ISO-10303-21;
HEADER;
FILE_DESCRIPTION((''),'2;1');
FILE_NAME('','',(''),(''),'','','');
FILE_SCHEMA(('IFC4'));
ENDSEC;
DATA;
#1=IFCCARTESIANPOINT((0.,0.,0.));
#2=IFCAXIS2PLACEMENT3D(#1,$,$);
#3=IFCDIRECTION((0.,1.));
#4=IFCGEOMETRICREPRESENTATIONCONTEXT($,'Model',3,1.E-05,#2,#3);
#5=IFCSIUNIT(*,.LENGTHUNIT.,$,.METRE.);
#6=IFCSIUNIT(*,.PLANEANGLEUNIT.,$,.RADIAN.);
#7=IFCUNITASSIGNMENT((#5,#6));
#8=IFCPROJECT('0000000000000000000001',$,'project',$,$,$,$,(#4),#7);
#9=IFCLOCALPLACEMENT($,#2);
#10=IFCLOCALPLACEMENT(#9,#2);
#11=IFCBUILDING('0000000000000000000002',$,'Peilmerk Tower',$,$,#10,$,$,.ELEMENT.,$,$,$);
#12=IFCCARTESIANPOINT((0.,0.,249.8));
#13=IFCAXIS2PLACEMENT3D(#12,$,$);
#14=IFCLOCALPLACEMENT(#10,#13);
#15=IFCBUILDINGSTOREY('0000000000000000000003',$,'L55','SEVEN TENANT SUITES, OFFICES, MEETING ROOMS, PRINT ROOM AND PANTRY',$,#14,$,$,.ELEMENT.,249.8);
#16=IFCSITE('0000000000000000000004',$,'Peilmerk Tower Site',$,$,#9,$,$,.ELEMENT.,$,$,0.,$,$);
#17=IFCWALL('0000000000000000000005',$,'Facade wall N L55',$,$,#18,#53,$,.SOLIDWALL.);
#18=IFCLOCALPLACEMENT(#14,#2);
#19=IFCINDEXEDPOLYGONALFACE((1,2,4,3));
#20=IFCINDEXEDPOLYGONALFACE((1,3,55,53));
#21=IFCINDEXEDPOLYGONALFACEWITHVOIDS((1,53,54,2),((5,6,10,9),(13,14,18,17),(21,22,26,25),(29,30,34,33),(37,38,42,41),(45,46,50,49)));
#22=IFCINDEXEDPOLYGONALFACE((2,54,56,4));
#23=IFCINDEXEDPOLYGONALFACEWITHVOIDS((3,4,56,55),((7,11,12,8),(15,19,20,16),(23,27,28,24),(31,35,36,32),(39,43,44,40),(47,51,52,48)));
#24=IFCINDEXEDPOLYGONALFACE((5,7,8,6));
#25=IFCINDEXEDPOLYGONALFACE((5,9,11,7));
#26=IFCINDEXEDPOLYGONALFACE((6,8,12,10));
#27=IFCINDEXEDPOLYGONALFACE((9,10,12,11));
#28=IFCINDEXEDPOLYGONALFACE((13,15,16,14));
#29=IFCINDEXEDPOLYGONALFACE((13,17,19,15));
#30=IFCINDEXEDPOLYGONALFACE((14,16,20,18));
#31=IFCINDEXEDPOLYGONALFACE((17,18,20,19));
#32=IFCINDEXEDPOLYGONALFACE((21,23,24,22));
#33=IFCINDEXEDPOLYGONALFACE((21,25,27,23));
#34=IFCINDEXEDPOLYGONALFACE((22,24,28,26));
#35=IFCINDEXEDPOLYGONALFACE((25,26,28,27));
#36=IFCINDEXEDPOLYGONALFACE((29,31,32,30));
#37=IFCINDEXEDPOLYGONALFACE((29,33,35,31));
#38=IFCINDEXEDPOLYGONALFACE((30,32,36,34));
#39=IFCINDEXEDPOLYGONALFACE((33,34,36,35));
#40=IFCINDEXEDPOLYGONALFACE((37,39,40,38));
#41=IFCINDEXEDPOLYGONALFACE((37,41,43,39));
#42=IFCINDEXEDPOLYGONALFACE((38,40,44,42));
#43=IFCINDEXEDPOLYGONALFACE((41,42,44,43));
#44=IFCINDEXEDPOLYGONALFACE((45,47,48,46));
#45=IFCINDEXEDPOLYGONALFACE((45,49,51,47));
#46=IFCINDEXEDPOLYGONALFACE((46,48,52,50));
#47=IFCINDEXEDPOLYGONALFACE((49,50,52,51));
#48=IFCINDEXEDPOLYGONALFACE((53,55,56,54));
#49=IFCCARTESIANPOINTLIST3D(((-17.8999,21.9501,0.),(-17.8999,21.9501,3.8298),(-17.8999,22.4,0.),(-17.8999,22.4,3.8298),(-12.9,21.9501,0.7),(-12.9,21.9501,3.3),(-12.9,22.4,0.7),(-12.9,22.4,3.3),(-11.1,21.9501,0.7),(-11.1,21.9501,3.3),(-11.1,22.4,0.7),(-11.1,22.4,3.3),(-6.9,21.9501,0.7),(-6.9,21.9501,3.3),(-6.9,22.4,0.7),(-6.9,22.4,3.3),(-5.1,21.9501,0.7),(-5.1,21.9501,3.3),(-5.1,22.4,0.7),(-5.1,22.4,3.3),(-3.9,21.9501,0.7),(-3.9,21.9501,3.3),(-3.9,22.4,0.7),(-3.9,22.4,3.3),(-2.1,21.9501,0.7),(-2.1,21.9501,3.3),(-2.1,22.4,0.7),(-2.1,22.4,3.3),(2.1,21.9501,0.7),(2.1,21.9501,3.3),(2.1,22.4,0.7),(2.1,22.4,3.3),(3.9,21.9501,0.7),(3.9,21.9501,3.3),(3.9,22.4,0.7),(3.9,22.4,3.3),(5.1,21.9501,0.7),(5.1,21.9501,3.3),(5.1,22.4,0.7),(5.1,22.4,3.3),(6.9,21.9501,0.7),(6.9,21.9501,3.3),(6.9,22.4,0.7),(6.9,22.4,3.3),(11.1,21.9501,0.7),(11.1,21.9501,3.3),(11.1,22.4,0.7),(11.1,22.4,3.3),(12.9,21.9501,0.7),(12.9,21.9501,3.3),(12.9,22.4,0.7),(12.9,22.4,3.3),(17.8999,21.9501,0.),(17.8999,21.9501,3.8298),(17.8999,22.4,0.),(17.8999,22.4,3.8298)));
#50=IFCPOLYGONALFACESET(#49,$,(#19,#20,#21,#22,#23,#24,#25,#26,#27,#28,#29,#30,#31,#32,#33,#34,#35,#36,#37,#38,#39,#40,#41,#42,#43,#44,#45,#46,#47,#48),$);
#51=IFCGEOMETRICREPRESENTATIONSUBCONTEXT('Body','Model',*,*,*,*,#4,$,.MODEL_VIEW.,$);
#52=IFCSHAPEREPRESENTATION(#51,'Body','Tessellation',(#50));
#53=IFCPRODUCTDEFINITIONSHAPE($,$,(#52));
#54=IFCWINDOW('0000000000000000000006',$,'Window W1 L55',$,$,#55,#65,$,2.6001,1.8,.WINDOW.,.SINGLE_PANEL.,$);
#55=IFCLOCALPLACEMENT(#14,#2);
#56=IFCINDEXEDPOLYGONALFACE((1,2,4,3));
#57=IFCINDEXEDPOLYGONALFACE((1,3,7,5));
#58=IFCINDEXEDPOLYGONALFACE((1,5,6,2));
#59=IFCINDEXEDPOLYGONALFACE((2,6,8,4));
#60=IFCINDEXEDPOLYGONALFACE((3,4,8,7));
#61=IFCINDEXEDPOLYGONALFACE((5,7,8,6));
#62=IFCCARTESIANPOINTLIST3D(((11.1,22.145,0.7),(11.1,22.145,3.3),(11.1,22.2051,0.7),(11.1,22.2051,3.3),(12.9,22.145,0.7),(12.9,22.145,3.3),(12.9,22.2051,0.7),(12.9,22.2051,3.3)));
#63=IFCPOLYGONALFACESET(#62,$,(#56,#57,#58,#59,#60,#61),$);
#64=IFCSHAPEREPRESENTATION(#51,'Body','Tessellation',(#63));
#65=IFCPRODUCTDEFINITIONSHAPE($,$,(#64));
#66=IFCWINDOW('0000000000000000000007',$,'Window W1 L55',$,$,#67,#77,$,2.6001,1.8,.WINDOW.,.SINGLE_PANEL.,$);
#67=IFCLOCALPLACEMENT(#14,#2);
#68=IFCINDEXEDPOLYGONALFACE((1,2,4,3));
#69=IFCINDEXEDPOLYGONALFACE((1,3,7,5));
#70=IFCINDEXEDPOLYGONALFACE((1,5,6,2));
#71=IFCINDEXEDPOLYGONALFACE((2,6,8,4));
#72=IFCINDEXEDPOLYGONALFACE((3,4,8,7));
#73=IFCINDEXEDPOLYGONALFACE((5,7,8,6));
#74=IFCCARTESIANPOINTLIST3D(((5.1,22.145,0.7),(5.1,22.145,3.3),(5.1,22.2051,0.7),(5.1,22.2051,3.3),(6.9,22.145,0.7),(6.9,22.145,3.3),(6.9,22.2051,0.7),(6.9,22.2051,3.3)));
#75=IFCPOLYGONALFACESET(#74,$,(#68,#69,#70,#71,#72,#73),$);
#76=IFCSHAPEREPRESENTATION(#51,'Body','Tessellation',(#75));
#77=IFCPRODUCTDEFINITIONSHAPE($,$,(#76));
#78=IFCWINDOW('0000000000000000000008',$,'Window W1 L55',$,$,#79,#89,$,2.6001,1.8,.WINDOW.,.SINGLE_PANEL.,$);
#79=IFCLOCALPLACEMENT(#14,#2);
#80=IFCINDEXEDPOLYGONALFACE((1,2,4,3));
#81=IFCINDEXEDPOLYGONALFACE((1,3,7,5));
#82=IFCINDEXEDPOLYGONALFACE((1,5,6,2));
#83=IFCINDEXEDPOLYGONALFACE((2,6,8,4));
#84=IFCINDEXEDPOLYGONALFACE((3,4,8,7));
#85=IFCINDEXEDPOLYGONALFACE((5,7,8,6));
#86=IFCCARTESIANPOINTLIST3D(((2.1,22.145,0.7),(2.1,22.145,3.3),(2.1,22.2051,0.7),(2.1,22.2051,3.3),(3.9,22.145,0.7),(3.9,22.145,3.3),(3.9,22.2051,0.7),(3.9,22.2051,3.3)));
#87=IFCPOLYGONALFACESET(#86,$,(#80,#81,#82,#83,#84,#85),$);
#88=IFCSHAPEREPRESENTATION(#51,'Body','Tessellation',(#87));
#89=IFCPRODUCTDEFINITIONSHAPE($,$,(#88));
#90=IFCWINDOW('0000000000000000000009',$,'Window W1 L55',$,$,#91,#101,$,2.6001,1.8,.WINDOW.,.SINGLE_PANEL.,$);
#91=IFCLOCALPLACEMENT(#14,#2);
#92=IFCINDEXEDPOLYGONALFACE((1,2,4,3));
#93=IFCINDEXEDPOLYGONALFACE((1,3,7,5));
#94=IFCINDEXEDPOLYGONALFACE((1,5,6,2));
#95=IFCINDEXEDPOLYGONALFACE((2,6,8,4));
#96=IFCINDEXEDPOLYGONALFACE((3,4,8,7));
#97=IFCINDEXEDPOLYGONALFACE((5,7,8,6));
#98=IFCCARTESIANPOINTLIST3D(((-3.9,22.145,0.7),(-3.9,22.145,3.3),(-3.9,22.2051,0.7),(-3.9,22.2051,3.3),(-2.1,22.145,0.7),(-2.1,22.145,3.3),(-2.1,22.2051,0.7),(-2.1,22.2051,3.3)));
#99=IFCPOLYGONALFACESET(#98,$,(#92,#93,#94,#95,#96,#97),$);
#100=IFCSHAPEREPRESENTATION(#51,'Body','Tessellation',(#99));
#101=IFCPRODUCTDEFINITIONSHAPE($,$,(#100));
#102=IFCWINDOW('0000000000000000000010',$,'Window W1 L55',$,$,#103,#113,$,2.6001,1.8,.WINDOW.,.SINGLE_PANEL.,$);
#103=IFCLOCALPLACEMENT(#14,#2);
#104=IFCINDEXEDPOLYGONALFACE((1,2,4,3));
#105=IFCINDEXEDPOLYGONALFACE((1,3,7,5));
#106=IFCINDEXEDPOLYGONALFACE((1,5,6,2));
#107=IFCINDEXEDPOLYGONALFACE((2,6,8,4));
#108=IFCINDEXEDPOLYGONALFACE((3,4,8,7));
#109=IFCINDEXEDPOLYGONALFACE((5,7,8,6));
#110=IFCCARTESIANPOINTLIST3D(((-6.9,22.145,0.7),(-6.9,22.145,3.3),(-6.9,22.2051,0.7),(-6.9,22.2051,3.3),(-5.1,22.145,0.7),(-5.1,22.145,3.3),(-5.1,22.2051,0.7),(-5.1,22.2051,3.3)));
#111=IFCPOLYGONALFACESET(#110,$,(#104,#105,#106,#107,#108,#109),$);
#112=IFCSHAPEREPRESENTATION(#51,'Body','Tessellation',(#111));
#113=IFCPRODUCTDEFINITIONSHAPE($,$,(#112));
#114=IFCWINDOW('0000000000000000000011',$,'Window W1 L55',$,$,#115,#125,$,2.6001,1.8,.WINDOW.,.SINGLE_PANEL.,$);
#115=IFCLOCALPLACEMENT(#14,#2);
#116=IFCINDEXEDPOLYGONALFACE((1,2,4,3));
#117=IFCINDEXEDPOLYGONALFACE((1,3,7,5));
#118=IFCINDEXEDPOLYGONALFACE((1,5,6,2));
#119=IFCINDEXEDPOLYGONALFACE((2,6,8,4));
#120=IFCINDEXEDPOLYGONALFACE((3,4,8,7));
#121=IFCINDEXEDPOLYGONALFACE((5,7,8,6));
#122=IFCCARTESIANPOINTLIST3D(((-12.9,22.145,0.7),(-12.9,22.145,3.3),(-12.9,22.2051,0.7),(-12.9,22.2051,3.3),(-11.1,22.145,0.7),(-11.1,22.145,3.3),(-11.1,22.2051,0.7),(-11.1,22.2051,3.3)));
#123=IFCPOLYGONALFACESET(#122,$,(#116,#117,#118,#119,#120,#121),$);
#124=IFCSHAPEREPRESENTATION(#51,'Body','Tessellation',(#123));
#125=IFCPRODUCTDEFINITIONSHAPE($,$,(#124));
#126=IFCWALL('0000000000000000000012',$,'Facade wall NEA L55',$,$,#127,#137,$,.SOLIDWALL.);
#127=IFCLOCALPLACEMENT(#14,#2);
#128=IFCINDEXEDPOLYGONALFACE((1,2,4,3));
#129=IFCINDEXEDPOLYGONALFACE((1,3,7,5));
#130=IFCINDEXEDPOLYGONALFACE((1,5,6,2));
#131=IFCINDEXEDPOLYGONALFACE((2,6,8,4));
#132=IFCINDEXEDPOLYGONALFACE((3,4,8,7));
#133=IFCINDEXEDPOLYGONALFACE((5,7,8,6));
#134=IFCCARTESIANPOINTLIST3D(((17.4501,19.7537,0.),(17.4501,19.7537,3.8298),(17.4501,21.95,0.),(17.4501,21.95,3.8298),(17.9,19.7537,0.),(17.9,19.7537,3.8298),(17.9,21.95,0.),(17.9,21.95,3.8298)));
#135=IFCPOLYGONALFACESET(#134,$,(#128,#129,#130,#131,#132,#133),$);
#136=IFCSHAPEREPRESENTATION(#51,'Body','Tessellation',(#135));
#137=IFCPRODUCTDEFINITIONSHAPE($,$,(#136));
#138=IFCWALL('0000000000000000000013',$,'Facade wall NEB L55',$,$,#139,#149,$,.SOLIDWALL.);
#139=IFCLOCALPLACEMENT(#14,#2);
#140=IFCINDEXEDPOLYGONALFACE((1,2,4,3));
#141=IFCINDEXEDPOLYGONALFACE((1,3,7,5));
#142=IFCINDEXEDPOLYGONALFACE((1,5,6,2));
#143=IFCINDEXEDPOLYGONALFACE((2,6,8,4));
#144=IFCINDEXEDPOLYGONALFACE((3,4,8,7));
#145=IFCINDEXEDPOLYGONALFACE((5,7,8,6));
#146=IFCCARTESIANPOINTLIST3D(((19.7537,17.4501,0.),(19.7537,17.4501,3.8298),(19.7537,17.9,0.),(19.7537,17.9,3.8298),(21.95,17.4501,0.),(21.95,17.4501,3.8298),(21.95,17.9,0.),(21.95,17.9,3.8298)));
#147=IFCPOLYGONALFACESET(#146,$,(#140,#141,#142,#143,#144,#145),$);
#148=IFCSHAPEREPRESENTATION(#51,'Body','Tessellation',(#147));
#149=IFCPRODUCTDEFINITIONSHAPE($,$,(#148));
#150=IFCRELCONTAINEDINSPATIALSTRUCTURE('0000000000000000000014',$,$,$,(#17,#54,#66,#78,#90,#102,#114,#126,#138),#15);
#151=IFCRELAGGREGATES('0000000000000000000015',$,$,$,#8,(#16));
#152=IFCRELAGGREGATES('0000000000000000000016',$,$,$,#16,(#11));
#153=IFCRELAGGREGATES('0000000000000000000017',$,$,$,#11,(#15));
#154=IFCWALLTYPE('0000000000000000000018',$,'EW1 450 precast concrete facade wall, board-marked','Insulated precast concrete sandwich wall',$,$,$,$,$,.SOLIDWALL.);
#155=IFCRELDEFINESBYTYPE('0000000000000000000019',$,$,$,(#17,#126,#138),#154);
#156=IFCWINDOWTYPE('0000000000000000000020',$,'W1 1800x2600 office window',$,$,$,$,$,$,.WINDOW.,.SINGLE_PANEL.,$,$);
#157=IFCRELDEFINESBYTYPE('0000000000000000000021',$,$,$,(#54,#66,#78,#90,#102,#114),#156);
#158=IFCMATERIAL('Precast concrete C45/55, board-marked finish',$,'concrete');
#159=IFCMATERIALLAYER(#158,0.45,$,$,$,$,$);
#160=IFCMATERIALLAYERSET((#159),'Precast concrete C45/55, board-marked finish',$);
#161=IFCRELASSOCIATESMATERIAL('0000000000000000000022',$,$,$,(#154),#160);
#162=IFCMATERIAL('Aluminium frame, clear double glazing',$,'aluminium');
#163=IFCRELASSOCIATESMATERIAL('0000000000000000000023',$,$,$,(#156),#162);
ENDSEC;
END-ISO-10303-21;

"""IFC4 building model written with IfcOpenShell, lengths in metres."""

from ifc_helpers import new_model, si_unit, direction, frame, frame_2d, origin, place, context, subcontext, project, spatial, rectangle, extrude, material, layer, layer_set, type_object, element, fill, save


model = new_model("IFC4")

# Units and contexts
model_context = context("Model", 3, precision=1e-05, world=origin(), true_north=direction((0.0, 1.0)))
body_context = subcontext(model_context, "Body", "Model", "MODEL_VIEW")
ifc_project = project(units=[si_unit("LENGTHUNIT", "METRE"), si_unit("PLANEANGLEUNIT", "RADIAN")], contexts=[model_context])

# Site, building, storey
site_placement = place(None, origin())
site = spatial("IfcSite", under=ifc_project, at=site_placement, Name="Peilmerk Tower Site", CompositionType="ELEMENT", RefElevation=0.0)
building_placement = place(site_placement, origin())
building = spatial("IfcBuilding", under=site, at=building_placement, Name="Peilmerk Tower", CompositionType="ELEMENT")
storey_placement = place(building_placement, frame((0.0, 0.0, 249.8)))
storey = spatial("IfcBuildingStorey", under=building, at=storey_placement, Name="L55", Description="SEVEN TENANT SUITES, OFFICES, MEETING ROOMS, PRINT ROOM AND PANTRY", CompositionType="ELEMENT", Elevation=249.8)

# Wall, openings, windows
ifc_material_1 = material(Name="Precast concrete C45/55, board-marked finish", Category="concrete")
ifc_layer_1 = layer(ifc_material_1, 0.45)
ifc_layer_set_1 = layer_set([ifc_layer_1], Name="Precast concrete C45/55, board-marked finish")
wall_type = type_object("IfcWallType", Name="EW1 450 precast concrete facade wall, board-marked", Description="Insulated precast concrete sandwich wall", PredefinedType="SOLIDWALL", material=ifc_layer_set_1)
wall_placement = place(storey_placement, frame((17.8999, 22.175, 0.0), z_axis=(0.0, 0.0, 1.0), x_axis=(-1.0, 0.0, 0.0)))
wall = element("IfcWall", 1, at=wall_placement, inside=storey, type_object=wall_type, Name="Facade wall N L55", PredefinedType="SOLIDWALL", context=body_context, shape_type="SweptSolid", body=[
    extrude(rectangle(XDim=35.7998, YDim=0.45, at=frame_2d((17.8999, 0.0))), origin(), (0.0, 0.0, 1.0), 3.8298),
])
opening_1_placement = place(wall_placement, frame((5.0, 0.0, 0.7)))
opening_1 = element("IfcOpeningElement", 2, at=opening_1_placement, cuts=wall, PredefinedType="OPENING", context=body_context, shape_type="SweptSolid", body=[
    extrude(rectangle(XDim=1.8, YDim=2.6001, at=frame_2d((0.8999, 1.3))), frame((0.0, 0.2349, 0.0), z_axis=(0.0, -1.0, 0.0), x_axis=(1.0, 0.0, 0.0)), (0.0, 0.0, 1.0), 0.47),
])
opening_2_placement = place(wall_placement, frame((11.0, 0.0, 0.7)))
opening_2 = element("IfcOpeningElement", 3, at=opening_2_placement, cuts=wall, PredefinedType="OPENING", context=body_context, shape_type="SweptSolid", body=[
    extrude(rectangle(XDim=1.8, YDim=2.6001, at=frame_2d((0.8999, 1.3))), frame((0.0, 0.2349, 0.0), z_axis=(0.0, -1.0, 0.0), x_axis=(1.0, 0.0, 0.0)), (0.0, 0.0, 1.0), 0.47),
])
opening_3_placement = place(wall_placement, frame((14.0, 0.0, 0.7)))
opening_3 = element("IfcOpeningElement", 4, at=opening_3_placement, cuts=wall, PredefinedType="OPENING", context=body_context, shape_type="SweptSolid", body=[
    extrude(rectangle(XDim=1.8, YDim=2.6001, at=frame_2d((0.8999, 1.3))), frame((0.0, 0.2349, 0.0), z_axis=(0.0, -1.0, 0.0), x_axis=(1.0, 0.0, 0.0)), (0.0, 0.0, 1.0), 0.47),
])
opening_4_placement = place(wall_placement, frame((20.0, 0.0, 0.7)))
opening_4 = element("IfcOpeningElement", 5, at=opening_4_placement, cuts=wall, PredefinedType="OPENING", context=body_context, shape_type="SweptSolid", body=[
    extrude(rectangle(XDim=1.8, YDim=2.6001, at=frame_2d((0.8999, 1.3))), frame((0.0, 0.2349, 0.0), z_axis=(0.0, -1.0, 0.0), x_axis=(1.0, 0.0, 0.0)), (0.0, 0.0, 1.0), 0.47),
])
opening_5_placement = place(wall_placement, frame((23.0, 0.0, 0.7)))
opening_5 = element("IfcOpeningElement", 6, at=opening_5_placement, cuts=wall, PredefinedType="OPENING", context=body_context, shape_type="SweptSolid", body=[
    extrude(rectangle(XDim=1.8, YDim=2.6001, at=frame_2d((0.8999, 1.3))), frame((0.0, 0.2349, 0.0), z_axis=(0.0, -1.0, 0.0), x_axis=(1.0, 0.0, 0.0)), (0.0, 0.0, 1.0), 0.47),
])
opening_6_placement = place(wall_placement, frame((29.0, 0.0, 0.7)))
opening_6 = element("IfcOpeningElement", 7, at=opening_6_placement, cuts=wall, PredefinedType="OPENING", context=body_context, shape_type="SweptSolid", body=[
    extrude(rectangle(XDim=1.8, YDim=2.6001, at=frame_2d((0.8999, 1.3))), frame((0.0, 0.2349, 0.0), z_axis=(0.0, -1.0, 0.0), x_axis=(1.0, 0.0, 0.0)), (0.0, 0.0, 1.0), 0.47),
])
ifc_material_2 = material(Name="Aluminium frame, clear double glazing", Category="aluminium")
window_type = type_object("IfcWindowType", Name="W1 1800x2600 office window", PartitioningType="SINGLE_PANEL", PredefinedType="WINDOW", material=ifc_material_2)
window_1_placement = place(opening_1_placement, origin())
window_1 = element("IfcWindow", 8, at=window_1_placement, inside=storey, type_object=window_type, Name="Window W1 L55", OverallHeight=2.6001, OverallWidth=1.8, PartitioningType="SINGLE_PANEL", PredefinedType="WINDOW", context=body_context, shape_type="SweptSolid", body=[
    extrude(rectangle(XDim=1.8, YDim=2.6001, at=frame_2d((0.8999, 1.3))), frame((0.0, 0.03, 0.0), z_axis=(0.0, -1.0, 0.0), x_axis=(1.0, 0.0, 0.0)), (0.0, 0.0, 1.0), 0.0601),
])
fill(opening_1, window_1)
window_2_placement = place(opening_2_placement, origin())
window_2 = element("IfcWindow", 9, at=window_2_placement, inside=storey, type_object=window_type, Name="Window W1 L55", OverallHeight=2.6001, OverallWidth=1.8, PartitioningType="SINGLE_PANEL", PredefinedType="WINDOW", context=body_context, shape_type="SweptSolid", body=[
    extrude(rectangle(XDim=1.8, YDim=2.6001, at=frame_2d((0.8999, 1.3))), frame((0.0, 0.03, 0.0), z_axis=(0.0, -1.0, 0.0), x_axis=(1.0, 0.0, 0.0)), (0.0, 0.0, 1.0), 0.0601),
])
fill(opening_2, window_2)
window_3_placement = place(opening_3_placement, origin())
window_3 = element("IfcWindow", 10, at=window_3_placement, inside=storey, type_object=window_type, Name="Window W1 L55", OverallHeight=2.6001, OverallWidth=1.8, PartitioningType="SINGLE_PANEL", PredefinedType="WINDOW", context=body_context, shape_type="SweptSolid", body=[
    extrude(rectangle(XDim=1.8, YDim=2.6001, at=frame_2d((0.8999, 1.3))), frame((0.0, 0.03, 0.0), z_axis=(0.0, -1.0, 0.0), x_axis=(1.0, 0.0, 0.0)), (0.0, 0.0, 1.0), 0.0601),
])
fill(opening_3, window_3)
window_4_placement = place(opening_4_placement, origin())
window_4 = element("IfcWindow", 11, at=window_4_placement, inside=storey, type_object=window_type, Name="Window W1 L55", OverallHeight=2.6001, OverallWidth=1.8, PartitioningType="SINGLE_PANEL", PredefinedType="WINDOW", context=body_context, shape_type="SweptSolid", body=[
    extrude(rectangle(XDim=1.8, YDim=2.6001, at=frame_2d((0.8999, 1.3))), frame((0.0, 0.03, 0.0), z_axis=(0.0, -1.0, 0.0), x_axis=(1.0, 0.0, 0.0)), (0.0, 0.0, 1.0), 0.0601),
])
fill(opening_4, window_4)
window_5_placement = place(opening_5_placement, origin())
window_5 = element("IfcWindow", 12, at=window_5_placement, inside=storey, type_object=window_type, Name="Window W1 L55", OverallHeight=2.6001, OverallWidth=1.8, PartitioningType="SINGLE_PANEL", PredefinedType="WINDOW", context=body_context, shape_type="SweptSolid", body=[
    extrude(rectangle(XDim=1.8, YDim=2.6001, at=frame_2d((0.8999, 1.3))), frame((0.0, 0.03, 0.0), z_axis=(0.0, -1.0, 0.0), x_axis=(1.0, 0.0, 0.0)), (0.0, 0.0, 1.0), 0.0601),
])
fill(opening_5, window_5)
window_6_placement = place(opening_6_placement, origin())
window_6 = element("IfcWindow", 13, at=window_6_placement, inside=storey, type_object=window_type, Name="Window W1 L55", OverallHeight=2.6001, OverallWidth=1.8, PartitioningType="SINGLE_PANEL", PredefinedType="WINDOW", context=body_context, shape_type="SweptSolid", body=[
    extrude(rectangle(XDim=1.8, YDim=2.6001, at=frame_2d((0.8999, 1.3))), frame((0.0, 0.03, 0.0), z_axis=(0.0, -1.0, 0.0), x_axis=(1.0, 0.0, 0.0)), (0.0, 0.0, 1.0), 0.0601),
])
fill(opening_6, window_6)

# Walls
for number, where, z_axis, x_axis, name in (
    (14, (17.675, 19.7537, 0.0), (0.0, 0.0, 1.0), (0.0, 1.0, 0.0), "Facade wall NEA L55"),
    (15, (19.7537, 17.675, 0.0), (0.0, 0.0, 1.0), (1.0, 0.0, 0.0), "Facade wall NEB L55"),
):
    element("IfcWall", number, at=place(storey_placement, frame(where, z_axis=z_axis, x_axis=x_axis)), inside=storey, type_object=wall_type, Name=name, PredefinedType="SOLIDWALL", context=body_context, shape_type="SweptSolid", body=[
        extrude(rectangle(XDim=2.1963, YDim=0.45, at=frame_2d((1.0981, 0.0))), origin(), (0.0, 0.0, 1.0), 3.8298),
    ])

save(model, "model.ifc")
